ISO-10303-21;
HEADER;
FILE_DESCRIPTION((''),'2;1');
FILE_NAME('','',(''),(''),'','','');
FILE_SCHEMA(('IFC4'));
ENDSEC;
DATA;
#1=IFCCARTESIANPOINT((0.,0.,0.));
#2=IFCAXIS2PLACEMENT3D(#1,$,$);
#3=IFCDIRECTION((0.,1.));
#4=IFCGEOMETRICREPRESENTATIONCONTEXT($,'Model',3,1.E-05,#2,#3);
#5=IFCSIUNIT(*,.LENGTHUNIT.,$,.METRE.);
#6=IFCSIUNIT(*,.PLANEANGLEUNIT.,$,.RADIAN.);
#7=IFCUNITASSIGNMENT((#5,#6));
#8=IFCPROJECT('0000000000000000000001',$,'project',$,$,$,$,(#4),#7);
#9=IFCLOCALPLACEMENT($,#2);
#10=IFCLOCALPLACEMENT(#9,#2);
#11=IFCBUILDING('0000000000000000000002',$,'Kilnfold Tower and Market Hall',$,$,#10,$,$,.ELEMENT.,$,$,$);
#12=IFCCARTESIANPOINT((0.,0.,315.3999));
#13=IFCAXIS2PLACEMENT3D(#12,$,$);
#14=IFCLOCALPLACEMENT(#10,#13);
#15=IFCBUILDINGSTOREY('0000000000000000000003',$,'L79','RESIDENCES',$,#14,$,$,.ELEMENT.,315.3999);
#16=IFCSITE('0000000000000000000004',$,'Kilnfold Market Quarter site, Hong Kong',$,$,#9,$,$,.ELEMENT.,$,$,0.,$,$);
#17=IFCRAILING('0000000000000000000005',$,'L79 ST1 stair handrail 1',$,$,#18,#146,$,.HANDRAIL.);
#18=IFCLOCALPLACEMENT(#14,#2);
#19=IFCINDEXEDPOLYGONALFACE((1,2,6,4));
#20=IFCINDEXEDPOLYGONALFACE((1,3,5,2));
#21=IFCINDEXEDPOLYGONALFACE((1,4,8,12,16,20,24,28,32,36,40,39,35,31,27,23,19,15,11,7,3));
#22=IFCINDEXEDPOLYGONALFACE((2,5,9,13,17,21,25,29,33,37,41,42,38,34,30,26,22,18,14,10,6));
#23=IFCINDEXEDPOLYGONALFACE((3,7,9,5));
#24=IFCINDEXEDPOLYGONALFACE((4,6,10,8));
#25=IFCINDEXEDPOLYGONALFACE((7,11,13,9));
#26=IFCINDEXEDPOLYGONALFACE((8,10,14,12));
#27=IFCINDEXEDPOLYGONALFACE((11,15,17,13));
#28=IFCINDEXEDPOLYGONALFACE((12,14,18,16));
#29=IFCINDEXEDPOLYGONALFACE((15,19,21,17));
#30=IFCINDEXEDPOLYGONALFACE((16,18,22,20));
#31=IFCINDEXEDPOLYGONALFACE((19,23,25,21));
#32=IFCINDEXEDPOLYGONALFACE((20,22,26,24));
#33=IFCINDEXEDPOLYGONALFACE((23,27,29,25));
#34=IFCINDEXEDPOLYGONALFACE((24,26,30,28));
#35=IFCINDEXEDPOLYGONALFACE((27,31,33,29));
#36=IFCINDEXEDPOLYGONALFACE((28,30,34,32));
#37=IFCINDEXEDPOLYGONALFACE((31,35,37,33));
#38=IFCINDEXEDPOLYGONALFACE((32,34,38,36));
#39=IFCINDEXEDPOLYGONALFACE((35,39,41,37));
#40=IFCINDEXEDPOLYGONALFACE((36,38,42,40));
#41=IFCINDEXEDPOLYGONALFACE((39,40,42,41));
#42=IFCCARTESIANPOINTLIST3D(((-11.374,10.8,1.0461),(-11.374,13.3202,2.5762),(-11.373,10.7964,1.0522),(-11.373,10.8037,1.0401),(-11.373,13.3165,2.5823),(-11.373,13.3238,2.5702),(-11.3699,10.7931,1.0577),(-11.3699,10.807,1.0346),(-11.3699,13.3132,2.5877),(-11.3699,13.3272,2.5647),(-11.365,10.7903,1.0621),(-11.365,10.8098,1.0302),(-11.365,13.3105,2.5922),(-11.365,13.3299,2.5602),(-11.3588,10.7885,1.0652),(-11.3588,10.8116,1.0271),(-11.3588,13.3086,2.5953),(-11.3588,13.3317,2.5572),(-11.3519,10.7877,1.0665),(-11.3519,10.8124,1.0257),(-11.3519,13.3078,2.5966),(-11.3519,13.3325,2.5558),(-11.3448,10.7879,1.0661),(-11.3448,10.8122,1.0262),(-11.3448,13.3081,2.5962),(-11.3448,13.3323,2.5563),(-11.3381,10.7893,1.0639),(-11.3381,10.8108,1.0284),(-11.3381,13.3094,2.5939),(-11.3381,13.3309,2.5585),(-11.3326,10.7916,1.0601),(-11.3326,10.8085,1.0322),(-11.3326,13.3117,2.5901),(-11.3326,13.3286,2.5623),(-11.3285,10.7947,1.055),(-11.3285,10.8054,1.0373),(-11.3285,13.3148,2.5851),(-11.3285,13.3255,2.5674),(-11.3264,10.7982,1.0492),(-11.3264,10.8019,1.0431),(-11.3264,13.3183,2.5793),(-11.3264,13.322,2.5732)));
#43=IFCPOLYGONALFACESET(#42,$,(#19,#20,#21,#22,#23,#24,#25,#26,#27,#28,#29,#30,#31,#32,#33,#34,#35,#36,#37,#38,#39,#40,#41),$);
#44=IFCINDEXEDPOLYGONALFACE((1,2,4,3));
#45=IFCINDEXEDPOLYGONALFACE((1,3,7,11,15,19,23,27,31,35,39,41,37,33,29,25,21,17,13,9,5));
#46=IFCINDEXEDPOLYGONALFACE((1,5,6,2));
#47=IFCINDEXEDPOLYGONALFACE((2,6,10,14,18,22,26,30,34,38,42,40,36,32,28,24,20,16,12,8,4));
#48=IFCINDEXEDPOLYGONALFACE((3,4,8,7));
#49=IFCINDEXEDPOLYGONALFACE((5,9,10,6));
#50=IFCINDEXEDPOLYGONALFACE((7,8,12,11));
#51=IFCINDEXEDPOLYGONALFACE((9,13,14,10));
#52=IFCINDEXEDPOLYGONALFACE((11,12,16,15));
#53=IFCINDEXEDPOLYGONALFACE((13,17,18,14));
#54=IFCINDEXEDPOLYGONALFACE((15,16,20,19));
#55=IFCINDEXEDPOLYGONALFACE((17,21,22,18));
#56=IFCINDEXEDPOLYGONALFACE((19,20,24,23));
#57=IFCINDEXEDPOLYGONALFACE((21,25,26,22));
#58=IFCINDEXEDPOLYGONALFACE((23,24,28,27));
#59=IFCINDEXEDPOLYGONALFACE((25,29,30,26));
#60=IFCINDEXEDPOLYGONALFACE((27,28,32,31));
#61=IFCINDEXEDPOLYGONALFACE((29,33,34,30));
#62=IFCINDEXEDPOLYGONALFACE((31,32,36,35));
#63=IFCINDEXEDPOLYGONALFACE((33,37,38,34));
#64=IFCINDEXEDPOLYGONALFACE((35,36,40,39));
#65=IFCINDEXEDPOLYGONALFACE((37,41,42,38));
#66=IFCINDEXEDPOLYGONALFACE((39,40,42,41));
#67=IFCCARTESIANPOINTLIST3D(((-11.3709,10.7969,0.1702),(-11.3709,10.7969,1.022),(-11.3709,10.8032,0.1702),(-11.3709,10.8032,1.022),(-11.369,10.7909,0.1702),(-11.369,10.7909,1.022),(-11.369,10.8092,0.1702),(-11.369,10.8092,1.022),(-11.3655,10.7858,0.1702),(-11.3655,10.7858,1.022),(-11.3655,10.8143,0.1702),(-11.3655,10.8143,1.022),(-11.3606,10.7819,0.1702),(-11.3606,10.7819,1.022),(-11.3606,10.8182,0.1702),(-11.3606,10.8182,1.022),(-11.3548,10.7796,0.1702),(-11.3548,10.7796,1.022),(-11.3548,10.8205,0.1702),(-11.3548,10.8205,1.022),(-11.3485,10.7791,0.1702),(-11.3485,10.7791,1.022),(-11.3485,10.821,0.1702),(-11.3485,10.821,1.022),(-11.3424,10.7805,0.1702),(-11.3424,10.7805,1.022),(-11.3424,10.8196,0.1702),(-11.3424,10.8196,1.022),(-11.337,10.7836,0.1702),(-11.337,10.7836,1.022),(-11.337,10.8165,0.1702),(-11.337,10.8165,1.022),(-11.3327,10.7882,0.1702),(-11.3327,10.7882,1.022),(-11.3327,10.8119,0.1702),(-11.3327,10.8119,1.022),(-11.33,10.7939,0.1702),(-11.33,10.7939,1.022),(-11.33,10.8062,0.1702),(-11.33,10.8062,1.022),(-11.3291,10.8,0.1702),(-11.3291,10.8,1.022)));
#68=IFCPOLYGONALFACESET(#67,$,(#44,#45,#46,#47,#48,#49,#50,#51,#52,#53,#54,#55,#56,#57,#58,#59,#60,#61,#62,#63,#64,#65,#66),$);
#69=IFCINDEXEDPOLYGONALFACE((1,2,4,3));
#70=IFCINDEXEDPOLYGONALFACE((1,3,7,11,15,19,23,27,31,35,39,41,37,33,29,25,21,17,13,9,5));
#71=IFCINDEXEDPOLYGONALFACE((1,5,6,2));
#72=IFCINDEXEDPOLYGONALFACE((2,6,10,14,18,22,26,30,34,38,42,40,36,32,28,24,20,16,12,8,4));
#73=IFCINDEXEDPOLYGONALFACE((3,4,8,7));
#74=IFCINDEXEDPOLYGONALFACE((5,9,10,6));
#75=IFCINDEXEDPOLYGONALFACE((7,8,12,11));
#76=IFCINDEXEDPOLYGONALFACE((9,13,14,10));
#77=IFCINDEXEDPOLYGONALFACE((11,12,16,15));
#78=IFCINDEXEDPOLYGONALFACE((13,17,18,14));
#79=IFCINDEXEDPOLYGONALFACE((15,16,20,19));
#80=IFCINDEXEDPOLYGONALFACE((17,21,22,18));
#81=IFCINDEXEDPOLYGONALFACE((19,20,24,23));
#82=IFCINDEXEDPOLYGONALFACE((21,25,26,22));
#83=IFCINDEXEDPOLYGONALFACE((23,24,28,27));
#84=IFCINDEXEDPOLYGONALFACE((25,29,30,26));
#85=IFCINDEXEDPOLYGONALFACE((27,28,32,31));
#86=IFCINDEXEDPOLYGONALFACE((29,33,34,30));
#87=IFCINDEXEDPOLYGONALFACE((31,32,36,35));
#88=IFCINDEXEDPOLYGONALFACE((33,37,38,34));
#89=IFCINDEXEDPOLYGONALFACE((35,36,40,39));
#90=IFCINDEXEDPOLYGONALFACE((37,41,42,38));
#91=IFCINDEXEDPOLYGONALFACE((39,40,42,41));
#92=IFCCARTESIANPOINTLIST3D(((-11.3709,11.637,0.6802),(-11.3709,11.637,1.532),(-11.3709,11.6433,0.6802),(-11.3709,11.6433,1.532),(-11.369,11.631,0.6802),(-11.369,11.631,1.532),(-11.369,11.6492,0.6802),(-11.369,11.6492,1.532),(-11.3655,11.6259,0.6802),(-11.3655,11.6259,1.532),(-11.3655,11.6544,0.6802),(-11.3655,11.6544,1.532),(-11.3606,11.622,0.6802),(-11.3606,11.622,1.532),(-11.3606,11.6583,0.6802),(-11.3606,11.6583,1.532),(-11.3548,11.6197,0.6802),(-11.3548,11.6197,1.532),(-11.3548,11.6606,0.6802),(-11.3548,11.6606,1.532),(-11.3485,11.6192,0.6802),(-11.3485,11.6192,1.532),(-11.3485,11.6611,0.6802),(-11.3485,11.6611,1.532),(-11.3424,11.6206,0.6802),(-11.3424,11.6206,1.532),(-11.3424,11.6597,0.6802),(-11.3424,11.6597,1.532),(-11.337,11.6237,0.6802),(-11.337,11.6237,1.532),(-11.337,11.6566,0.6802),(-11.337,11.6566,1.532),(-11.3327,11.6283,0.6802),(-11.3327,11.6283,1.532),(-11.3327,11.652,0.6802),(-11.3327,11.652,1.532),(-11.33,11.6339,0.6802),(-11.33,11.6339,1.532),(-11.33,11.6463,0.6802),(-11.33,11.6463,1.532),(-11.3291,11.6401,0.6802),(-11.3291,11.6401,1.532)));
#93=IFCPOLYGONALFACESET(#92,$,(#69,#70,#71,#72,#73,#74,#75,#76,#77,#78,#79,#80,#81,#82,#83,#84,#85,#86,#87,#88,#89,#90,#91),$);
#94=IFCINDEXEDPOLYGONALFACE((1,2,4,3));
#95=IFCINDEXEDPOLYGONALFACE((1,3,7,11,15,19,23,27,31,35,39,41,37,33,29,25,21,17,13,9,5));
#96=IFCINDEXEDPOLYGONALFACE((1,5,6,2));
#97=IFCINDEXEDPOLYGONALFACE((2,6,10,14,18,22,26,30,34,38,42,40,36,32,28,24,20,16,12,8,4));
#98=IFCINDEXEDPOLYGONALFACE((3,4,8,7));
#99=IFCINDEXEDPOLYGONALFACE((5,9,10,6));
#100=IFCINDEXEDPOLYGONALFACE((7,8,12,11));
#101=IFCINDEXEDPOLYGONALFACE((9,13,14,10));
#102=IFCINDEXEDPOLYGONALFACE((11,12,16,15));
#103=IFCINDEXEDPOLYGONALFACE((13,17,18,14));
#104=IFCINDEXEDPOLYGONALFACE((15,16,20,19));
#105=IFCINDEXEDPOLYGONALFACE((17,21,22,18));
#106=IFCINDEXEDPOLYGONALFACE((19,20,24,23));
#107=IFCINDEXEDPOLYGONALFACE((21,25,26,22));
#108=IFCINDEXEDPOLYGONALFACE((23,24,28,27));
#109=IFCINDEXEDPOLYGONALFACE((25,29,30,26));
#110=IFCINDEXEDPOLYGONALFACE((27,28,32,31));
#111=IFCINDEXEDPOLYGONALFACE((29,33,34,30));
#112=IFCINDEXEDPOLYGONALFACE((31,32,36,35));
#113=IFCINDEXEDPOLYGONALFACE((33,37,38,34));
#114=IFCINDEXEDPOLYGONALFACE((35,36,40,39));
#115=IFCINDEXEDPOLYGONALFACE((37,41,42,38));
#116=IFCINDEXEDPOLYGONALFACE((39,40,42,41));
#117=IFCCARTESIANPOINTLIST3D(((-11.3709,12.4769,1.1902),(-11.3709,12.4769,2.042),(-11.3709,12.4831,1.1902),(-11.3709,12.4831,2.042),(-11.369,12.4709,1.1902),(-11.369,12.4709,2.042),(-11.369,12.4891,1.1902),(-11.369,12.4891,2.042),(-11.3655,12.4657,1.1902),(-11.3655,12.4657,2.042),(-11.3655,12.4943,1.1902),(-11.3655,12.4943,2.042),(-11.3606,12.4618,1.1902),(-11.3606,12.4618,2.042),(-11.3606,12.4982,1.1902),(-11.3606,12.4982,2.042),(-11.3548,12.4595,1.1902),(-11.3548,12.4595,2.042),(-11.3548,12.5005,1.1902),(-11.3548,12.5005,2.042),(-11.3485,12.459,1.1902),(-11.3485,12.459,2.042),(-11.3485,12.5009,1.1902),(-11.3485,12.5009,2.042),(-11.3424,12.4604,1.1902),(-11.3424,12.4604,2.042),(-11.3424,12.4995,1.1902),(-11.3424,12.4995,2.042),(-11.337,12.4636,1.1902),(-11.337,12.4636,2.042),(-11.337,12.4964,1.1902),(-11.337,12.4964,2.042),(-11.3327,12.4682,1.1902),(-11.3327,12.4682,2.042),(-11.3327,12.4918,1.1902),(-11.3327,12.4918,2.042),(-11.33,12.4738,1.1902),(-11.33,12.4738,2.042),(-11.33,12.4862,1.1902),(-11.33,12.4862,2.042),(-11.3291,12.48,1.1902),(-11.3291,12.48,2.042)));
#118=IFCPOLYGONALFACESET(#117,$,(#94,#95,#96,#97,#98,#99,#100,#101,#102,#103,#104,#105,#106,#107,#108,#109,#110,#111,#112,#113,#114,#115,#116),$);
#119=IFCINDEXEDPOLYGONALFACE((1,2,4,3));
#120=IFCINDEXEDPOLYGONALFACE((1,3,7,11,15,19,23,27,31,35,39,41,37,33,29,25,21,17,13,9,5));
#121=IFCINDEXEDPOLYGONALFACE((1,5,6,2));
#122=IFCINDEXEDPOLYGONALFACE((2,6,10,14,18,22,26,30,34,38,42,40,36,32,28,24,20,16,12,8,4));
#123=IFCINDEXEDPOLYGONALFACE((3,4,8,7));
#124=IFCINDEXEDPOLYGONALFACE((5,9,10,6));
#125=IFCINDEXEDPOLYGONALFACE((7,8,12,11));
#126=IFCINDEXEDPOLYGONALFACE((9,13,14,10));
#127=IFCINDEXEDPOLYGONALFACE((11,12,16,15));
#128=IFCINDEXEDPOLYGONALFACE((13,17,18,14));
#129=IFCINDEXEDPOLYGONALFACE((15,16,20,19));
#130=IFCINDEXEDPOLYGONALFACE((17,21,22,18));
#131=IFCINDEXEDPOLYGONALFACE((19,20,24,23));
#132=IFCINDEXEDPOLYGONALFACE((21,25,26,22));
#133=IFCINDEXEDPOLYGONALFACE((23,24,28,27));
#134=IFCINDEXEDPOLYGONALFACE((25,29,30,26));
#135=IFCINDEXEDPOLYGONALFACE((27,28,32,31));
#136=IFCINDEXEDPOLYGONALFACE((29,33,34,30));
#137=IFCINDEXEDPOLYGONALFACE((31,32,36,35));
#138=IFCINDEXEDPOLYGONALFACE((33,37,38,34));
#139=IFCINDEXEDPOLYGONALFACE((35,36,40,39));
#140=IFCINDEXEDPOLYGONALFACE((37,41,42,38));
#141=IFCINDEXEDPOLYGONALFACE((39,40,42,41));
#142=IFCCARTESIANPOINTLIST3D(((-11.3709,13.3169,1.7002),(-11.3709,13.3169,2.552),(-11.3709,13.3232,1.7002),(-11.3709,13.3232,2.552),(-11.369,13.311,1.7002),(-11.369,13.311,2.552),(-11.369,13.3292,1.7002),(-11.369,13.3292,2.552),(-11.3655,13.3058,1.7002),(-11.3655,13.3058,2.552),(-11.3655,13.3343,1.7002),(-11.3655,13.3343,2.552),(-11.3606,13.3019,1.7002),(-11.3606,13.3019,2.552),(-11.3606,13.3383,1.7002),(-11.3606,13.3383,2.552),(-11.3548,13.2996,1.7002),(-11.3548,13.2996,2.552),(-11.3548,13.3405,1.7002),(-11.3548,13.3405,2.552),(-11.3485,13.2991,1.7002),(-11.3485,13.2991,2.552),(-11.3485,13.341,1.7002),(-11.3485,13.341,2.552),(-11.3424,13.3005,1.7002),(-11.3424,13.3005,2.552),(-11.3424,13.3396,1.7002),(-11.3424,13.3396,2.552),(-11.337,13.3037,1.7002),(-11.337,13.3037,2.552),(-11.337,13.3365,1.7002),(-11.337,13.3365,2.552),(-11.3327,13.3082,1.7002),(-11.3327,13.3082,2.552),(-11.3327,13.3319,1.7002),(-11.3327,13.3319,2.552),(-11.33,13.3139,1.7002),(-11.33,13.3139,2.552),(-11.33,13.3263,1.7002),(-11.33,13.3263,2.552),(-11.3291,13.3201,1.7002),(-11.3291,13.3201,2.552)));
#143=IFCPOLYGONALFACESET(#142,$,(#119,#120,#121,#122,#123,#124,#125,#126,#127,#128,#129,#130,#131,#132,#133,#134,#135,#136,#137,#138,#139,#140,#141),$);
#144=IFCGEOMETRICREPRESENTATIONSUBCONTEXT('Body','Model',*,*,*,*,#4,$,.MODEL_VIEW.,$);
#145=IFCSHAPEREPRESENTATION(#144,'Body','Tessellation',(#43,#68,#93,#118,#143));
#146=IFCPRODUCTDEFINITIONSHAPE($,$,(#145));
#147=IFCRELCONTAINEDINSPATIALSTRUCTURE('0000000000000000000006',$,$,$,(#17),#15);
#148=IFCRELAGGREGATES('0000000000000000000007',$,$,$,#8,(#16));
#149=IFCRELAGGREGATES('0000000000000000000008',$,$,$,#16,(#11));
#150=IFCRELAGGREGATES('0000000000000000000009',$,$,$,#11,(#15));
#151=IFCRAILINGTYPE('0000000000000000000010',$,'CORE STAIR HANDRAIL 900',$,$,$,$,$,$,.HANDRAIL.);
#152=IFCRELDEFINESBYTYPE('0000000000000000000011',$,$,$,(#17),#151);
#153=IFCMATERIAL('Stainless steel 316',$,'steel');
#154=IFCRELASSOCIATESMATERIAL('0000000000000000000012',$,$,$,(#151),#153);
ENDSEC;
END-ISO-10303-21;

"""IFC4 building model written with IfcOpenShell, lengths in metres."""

from ifc_helpers import new_model, si_unit, direction, frame, origin, origin_2d, place, context, subcontext, project, spatial, circle, extrude, material, type_object, element, save


model = new_model("IFC4")

# Units and contexts
model_context = context("Model", 3, precision=1e-05, world=origin(), true_north=direction((0.0, 1.0)))
body_context = subcontext(model_context, "Body", "Model", "MODEL_VIEW")
ifc_project = project(units=[si_unit("LENGTHUNIT", "METRE"), si_unit("PLANEANGLEUNIT", "RADIAN")], contexts=[model_context])

# Site, building, storey
site_placement = place(None, origin())
site = spatial("IfcSite", under=ifc_project, at=site_placement, Name="Kilnfold Market Quarter site, Hong Kong", CompositionType="ELEMENT", RefElevation=0.0)
building_placement = place(site_placement, origin())
building = spatial("IfcBuilding", under=site, at=building_placement, Name="Kilnfold Tower and Market Hall", CompositionType="ELEMENT")
storey_placement = place(building_placement, frame((0.0, 0.0, 315.3999)))
storey = spatial("IfcBuildingStorey", under=building, at=storey_placement, Name="L79", Description="RESIDENCES", CompositionType="ELEMENT", Elevation=315.3999)

# Railing
ifc_material_1 = material(Name="Stainless steel 316", Category="steel")
railing_type_1 = type_object("IfcRailingType", Name="CORE STAIR HANDRAIL 900", PredefinedType="HANDRAIL", material=ifc_material_1)
railing_1_placement = place(storey_placement, frame((-11.3501, 10.8, 0.1702)))
element("IfcRailing", 1, at=railing_1_placement, inside=storey, type_object=railing_type_1, Name="L79 ST1 stair handrail 1", PredefinedType="HANDRAIL", context=body_context, shape_type="SweptSolid", body=[
    extrude(circle(Radius=0.0239, at=origin_2d()), frame((0.0, 0.0, 0.876), z_axis=(0.0, 0.854785, 0.518982), x_axis=(-1.0, 0.0, 0.0)), (0.0, 0.0, 1.0), 2.9482),
    extrude(circle(Radius=0.021, at=origin_2d()), origin(), (0.0, 0.0, 1.0), 0.8518),
    extrude(circle(Radius=0.021, at=origin_2d()), frame((0.0, 0.8401, 0.51)), (0.0, 0.0, 1.0), 0.8518),
    extrude(circle(Radius=0.021, at=origin_2d()), frame((0.0, 1.6799, 1.02)), (0.0, 0.0, 1.0), 0.8518),
    extrude(circle(Radius=0.021, at=origin_2d()), frame((0.0, 2.52, 1.53)), (0.0, 0.0, 1.0), 0.8518),
])

save(model, "model.ifc")
